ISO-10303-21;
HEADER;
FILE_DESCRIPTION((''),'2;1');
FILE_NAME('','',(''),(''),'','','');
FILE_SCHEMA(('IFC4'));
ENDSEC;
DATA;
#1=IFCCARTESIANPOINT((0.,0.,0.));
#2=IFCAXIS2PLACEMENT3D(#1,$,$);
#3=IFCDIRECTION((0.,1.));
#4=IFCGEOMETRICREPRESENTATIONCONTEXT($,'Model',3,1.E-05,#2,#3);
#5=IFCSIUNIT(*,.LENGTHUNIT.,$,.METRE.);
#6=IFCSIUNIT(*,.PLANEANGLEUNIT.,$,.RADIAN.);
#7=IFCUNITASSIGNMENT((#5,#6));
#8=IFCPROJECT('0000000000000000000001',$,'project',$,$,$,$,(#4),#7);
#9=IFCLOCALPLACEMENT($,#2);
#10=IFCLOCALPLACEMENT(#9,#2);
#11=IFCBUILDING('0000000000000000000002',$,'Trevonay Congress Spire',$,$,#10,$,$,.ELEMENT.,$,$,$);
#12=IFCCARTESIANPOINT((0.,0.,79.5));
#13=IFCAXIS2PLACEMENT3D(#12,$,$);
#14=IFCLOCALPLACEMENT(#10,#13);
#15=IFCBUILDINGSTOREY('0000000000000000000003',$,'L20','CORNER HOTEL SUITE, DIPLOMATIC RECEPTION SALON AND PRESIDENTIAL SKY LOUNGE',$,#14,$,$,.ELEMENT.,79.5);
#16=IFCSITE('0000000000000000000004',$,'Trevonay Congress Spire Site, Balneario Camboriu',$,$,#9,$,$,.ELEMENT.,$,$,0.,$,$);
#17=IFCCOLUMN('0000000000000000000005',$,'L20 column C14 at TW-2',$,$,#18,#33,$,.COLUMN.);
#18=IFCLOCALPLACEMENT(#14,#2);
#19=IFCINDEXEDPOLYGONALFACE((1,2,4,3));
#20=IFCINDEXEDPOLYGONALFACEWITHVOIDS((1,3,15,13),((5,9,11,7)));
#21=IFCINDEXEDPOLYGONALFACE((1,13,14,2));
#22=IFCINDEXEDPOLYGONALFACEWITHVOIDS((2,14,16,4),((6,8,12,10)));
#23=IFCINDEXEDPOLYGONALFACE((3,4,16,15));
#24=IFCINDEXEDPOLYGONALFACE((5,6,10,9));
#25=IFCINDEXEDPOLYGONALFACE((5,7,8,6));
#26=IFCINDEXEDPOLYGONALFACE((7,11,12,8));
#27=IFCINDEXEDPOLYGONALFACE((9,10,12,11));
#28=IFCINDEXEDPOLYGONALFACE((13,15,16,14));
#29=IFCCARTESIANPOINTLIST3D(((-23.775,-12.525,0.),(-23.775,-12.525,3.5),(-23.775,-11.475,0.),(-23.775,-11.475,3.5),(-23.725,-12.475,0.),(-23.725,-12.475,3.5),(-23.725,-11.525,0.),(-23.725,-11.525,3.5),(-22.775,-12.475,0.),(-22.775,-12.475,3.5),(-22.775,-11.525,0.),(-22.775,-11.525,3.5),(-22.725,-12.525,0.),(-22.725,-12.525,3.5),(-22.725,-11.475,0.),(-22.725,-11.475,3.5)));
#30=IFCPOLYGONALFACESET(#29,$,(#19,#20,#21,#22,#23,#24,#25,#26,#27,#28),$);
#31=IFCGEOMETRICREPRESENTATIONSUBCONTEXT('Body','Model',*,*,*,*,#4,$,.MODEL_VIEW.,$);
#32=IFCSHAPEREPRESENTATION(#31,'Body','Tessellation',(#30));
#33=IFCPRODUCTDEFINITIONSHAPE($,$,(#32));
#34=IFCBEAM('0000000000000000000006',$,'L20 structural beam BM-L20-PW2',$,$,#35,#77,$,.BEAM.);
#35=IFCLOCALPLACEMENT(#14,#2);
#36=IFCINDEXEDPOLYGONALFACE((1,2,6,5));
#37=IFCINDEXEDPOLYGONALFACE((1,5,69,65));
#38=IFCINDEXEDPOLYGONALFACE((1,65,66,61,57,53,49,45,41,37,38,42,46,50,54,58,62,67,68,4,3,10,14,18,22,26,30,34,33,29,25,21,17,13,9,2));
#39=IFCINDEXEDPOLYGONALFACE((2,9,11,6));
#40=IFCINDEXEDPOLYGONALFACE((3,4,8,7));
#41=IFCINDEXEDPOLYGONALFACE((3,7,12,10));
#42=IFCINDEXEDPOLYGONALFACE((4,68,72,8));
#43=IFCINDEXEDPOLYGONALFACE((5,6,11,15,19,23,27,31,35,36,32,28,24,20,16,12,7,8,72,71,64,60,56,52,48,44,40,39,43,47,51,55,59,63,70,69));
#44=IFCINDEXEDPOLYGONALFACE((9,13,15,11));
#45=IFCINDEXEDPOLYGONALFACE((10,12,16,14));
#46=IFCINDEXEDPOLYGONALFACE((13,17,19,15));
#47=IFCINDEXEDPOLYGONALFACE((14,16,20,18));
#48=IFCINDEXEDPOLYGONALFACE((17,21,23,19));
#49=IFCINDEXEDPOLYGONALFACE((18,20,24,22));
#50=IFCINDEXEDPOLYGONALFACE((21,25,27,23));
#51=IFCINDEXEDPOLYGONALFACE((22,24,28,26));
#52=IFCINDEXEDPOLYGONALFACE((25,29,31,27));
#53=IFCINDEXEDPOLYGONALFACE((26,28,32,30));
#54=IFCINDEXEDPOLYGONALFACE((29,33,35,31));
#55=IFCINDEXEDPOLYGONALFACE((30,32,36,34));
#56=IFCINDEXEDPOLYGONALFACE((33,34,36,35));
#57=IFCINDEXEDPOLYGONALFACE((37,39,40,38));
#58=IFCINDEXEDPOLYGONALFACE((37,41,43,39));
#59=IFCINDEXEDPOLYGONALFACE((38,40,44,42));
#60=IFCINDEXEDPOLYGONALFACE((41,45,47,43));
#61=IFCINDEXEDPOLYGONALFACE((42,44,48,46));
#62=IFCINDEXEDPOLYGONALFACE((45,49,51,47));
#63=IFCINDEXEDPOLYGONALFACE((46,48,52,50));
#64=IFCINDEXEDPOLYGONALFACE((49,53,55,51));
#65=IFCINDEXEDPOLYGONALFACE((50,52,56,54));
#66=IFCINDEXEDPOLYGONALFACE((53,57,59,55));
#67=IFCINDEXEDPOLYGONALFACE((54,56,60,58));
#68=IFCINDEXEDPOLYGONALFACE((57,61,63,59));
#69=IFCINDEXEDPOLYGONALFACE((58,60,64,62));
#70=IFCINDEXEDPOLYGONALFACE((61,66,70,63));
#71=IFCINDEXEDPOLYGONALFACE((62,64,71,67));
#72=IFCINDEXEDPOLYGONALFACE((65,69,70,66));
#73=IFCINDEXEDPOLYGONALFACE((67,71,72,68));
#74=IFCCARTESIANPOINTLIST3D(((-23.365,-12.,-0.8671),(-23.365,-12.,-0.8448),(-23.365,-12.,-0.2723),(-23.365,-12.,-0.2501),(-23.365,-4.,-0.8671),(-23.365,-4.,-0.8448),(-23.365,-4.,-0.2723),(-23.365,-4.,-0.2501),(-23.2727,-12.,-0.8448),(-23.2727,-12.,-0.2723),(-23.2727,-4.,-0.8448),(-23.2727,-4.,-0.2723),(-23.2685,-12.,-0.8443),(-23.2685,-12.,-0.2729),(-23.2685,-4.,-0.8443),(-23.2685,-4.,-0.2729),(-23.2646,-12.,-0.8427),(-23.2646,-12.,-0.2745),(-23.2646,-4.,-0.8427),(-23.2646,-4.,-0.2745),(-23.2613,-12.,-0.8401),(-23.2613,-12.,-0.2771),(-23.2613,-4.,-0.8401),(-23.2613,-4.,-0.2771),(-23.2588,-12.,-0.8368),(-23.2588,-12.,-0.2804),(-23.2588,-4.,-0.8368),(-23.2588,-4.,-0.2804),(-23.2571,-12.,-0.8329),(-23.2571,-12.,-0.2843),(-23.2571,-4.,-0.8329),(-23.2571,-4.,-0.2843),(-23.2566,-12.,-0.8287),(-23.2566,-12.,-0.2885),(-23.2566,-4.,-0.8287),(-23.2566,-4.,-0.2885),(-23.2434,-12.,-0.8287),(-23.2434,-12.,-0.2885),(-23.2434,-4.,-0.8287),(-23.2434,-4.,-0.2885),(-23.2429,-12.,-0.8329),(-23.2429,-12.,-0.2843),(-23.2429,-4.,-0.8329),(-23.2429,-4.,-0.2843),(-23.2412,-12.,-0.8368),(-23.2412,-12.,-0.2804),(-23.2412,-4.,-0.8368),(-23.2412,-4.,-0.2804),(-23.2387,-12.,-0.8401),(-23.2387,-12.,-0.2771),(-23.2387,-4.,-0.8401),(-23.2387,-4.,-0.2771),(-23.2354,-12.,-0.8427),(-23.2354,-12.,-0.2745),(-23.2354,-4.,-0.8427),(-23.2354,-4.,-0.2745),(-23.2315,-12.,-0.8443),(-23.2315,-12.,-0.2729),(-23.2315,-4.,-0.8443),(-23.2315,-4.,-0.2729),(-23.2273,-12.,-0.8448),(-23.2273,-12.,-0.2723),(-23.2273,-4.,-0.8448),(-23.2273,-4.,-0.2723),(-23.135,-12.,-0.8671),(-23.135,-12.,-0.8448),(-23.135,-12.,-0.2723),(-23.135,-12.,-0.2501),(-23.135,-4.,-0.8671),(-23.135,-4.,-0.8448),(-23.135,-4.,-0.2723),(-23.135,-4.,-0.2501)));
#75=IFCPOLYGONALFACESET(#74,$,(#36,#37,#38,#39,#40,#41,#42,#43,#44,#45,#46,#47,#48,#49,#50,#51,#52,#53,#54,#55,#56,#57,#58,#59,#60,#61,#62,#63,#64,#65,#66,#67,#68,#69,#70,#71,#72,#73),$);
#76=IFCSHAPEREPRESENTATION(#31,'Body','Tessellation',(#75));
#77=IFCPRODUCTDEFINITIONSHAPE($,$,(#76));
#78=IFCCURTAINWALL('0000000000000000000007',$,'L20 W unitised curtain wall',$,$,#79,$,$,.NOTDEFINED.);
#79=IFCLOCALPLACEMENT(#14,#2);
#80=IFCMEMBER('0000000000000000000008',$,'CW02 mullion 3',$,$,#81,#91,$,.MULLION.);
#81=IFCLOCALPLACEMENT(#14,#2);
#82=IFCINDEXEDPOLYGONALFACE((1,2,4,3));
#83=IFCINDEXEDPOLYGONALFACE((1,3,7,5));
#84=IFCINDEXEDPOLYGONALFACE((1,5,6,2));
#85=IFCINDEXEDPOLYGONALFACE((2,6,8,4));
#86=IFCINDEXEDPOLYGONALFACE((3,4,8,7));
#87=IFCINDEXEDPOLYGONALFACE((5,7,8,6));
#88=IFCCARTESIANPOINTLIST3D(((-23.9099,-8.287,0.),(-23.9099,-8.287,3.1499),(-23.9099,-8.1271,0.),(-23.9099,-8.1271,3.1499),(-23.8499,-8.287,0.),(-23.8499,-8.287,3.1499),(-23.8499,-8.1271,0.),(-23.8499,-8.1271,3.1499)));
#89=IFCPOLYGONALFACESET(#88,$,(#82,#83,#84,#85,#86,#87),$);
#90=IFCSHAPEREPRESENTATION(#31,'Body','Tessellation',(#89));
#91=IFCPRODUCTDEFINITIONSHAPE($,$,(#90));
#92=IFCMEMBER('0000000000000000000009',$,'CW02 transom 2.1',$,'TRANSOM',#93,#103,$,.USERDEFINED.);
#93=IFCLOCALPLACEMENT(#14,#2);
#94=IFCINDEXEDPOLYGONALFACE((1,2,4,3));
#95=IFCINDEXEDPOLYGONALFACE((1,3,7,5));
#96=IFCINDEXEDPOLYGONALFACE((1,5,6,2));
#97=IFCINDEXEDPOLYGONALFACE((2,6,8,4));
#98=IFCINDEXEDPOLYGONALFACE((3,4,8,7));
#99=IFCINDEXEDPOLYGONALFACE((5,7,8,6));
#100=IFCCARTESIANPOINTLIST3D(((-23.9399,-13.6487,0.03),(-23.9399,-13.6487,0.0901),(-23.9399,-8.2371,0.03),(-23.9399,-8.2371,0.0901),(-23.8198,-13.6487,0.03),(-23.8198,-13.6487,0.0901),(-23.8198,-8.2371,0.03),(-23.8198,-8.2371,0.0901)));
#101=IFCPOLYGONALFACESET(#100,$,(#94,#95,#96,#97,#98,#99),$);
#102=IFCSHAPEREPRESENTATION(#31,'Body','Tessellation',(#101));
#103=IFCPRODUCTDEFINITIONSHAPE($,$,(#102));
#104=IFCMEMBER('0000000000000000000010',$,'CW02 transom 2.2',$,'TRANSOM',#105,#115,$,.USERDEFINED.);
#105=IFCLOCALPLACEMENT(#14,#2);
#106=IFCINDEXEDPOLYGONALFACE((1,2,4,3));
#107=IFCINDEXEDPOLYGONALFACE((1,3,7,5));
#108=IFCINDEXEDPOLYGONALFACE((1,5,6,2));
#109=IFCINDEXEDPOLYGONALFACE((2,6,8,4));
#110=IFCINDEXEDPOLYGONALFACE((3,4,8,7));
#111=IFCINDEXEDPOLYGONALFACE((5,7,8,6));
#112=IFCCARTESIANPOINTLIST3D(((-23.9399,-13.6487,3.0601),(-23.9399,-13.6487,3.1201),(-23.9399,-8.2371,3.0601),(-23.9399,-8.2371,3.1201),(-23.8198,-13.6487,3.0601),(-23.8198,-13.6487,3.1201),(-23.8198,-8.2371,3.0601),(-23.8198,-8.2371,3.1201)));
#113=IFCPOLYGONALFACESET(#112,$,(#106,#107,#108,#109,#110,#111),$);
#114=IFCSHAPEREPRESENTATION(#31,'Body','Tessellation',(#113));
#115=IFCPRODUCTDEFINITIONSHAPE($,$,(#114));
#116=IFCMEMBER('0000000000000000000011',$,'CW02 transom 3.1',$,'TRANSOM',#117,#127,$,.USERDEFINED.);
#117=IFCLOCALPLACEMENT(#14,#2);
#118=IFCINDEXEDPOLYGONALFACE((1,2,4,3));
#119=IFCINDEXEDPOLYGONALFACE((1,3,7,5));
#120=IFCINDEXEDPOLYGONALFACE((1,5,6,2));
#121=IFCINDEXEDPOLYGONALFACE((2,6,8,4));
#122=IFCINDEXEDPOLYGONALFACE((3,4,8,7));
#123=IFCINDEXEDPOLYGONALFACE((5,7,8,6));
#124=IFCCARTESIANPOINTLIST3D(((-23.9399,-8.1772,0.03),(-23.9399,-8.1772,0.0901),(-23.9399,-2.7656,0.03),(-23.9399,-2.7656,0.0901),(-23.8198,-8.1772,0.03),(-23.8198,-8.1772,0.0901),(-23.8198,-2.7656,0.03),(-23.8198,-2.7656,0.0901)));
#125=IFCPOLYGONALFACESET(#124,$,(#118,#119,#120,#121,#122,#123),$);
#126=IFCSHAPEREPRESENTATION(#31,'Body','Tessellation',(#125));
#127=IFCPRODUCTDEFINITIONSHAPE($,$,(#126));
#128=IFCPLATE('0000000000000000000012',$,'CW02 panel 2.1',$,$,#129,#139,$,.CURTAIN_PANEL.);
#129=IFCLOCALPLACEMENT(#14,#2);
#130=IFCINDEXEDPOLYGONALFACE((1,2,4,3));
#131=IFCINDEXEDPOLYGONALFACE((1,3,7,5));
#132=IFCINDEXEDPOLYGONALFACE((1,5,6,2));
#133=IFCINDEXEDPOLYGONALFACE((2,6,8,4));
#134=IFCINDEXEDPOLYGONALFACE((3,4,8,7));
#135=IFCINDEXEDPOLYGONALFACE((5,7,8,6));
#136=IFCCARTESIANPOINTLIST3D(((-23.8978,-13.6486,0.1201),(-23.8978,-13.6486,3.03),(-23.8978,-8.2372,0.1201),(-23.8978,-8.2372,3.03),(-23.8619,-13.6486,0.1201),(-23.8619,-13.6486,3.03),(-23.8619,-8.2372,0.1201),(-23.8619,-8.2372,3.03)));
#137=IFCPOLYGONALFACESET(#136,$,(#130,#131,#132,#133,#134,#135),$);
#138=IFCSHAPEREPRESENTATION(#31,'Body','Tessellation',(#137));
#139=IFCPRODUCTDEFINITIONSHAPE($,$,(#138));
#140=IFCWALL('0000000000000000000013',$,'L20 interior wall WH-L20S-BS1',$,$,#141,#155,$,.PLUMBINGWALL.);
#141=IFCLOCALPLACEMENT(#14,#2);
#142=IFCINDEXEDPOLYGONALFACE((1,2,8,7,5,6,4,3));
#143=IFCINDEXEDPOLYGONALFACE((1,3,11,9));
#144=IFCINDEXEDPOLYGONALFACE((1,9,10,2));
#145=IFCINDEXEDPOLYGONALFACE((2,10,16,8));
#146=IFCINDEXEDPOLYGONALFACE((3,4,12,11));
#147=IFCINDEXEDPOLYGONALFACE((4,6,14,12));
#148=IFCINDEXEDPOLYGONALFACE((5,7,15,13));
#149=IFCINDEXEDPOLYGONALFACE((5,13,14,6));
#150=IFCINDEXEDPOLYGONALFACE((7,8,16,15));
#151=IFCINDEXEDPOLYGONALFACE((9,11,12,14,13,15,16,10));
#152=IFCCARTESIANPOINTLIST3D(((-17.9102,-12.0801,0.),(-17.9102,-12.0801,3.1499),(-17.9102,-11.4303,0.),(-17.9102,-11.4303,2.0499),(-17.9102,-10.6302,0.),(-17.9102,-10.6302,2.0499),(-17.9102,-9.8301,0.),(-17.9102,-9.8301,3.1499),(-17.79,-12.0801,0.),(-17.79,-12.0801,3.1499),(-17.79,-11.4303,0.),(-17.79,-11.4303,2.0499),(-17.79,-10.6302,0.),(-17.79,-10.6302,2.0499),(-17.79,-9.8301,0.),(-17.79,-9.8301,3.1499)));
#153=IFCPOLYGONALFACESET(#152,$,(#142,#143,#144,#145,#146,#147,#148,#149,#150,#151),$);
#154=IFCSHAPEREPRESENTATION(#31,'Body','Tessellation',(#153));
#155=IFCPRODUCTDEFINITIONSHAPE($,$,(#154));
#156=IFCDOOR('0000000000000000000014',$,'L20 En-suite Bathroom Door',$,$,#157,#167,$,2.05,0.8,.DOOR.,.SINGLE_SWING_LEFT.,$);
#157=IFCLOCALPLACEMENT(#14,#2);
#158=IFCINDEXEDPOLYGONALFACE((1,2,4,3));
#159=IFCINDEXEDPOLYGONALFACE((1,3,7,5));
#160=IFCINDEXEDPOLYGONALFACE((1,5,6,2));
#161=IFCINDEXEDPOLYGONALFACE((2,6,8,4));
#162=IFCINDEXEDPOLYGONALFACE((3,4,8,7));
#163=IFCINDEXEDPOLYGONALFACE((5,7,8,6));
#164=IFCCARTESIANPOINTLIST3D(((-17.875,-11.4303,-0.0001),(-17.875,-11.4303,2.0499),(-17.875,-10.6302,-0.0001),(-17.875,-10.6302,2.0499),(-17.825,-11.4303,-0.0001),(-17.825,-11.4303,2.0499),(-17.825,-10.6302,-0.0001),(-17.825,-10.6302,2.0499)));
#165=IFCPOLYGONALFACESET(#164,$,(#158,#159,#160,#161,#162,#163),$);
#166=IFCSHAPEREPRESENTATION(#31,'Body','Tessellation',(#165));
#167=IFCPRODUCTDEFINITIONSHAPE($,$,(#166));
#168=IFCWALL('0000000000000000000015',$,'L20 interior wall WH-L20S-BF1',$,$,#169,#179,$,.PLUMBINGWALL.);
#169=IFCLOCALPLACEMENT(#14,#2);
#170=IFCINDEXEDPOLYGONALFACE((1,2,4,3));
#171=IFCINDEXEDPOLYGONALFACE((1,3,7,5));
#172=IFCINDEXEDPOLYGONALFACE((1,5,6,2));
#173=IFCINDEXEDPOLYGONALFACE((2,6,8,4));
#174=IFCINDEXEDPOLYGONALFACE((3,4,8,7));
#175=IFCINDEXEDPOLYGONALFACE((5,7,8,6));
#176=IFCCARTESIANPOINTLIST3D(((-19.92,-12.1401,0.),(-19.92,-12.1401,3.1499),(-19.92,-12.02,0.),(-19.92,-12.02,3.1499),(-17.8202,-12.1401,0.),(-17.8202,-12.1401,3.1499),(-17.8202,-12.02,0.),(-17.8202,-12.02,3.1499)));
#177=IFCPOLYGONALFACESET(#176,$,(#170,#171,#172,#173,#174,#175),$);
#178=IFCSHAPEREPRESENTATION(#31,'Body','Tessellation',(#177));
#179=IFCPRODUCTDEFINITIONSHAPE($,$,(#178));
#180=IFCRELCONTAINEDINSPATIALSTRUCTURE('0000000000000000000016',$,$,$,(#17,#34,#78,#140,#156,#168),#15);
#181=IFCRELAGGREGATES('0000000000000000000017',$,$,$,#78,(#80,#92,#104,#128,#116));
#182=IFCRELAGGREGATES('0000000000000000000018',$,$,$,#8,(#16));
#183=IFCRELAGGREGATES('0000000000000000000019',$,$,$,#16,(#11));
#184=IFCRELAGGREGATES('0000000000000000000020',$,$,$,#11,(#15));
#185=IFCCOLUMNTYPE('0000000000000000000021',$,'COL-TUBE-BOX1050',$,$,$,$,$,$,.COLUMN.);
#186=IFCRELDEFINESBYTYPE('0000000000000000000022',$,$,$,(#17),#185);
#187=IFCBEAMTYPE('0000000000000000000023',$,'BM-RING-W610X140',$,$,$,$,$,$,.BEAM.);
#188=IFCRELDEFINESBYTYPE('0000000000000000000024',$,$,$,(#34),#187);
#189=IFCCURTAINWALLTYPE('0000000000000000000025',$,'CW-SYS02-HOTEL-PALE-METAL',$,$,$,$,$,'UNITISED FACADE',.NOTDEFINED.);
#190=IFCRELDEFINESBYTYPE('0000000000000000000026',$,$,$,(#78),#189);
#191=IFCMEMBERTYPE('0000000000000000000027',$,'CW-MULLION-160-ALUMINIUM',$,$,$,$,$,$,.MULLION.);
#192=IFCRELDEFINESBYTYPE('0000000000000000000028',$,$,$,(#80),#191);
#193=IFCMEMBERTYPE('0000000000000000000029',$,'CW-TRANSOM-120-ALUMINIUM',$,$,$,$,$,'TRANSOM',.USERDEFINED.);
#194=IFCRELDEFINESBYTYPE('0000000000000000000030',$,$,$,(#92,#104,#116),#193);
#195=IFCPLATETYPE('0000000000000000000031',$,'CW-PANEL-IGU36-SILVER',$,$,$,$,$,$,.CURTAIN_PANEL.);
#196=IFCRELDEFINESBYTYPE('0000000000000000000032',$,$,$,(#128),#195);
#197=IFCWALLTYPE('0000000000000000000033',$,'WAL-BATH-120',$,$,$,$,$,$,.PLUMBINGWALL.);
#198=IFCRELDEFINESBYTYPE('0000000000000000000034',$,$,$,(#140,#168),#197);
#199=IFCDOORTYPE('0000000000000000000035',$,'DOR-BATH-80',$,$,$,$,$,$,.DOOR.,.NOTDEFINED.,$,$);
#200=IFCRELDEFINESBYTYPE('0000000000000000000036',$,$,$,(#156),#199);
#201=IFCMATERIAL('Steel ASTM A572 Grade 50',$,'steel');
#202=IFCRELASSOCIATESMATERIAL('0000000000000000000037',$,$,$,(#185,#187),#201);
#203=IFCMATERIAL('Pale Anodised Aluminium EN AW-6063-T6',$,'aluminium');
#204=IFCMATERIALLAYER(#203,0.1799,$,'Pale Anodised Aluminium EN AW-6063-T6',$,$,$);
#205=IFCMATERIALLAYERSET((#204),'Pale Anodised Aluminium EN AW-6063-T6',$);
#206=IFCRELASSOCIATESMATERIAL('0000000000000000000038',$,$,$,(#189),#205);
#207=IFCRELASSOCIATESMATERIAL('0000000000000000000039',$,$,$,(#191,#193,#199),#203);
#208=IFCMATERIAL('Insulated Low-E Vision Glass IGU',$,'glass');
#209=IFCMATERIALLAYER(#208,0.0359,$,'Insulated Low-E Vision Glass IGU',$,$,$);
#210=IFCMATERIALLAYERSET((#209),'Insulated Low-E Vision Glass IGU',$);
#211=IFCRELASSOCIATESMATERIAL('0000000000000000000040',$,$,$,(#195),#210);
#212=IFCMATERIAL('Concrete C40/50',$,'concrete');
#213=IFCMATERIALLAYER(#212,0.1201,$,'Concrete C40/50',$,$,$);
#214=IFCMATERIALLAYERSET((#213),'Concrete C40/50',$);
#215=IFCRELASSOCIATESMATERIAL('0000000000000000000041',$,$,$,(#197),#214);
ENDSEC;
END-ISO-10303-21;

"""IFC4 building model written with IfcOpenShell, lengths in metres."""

from ifc_helpers import new_model, si_unit, direction, frame, frame_2d, origin, origin_2d, place, context, subcontext, project, spatial, rectangle, hollow_rectangle, i_section, extrude, material, layer, layer_set, material_profile, profile_set, type_object, element, fill, aggregate, save


model = new_model("IFC4")

# Units and contexts
model_context = context("Model", 3, precision=1e-05, world=origin(), true_north=direction((0.0, 1.0)))
body_context = subcontext(model_context, "Body", "Model", "MODEL_VIEW")
ifc_project = project(units=[si_unit("LENGTHUNIT", "METRE"), si_unit("PLANEANGLEUNIT", "RADIAN")], contexts=[model_context])

# Site, building, storey
site_placement = place(None, origin())
site = spatial("IfcSite", under=ifc_project, at=site_placement, Name="Trevonay Congress Spire Site, Balneario Camboriu", CompositionType="ELEMENT", RefElevation=0.0)
building_placement = place(site_placement, origin())
building = spatial("IfcBuilding", under=site, at=building_placement, Name="Trevonay Congress Spire", CompositionType="ELEMENT")
storey_placement = place(building_placement, frame((0.0, 0.0, 79.5)))
storey = spatial("IfcBuildingStorey", under=building, at=storey_placement, Name="L20", Description="CORNER HOTEL SUITE, DIPLOMATIC RECEPTION SALON AND PRESIDENTIAL SKY LOUNGE", CompositionType="ELEMENT", Elevation=79.5)

# Column
ifc_material_1 = material(Name="Steel ASTM A572 Grade 50", Category="steel")
ifc_material_profile_1 = material_profile(ifc_material_1, hollow_rectangle(XDim=1.05, YDim=1.05, WallThickness=0.05, at=origin_2d()), Name="BOX 1050x1050x50")
ifc_profile_set_1 = profile_set([ifc_material_profile_1], Name="Steel ASTM A572 Grade 50")
column_type = type_object("IfcColumnType", Name="COL-TUBE-BOX1050", PredefinedType="COLUMN", material=ifc_profile_set_1)
column_placement = place(storey_placement, frame((-23.25, -12.0, 0.0), z_axis=(0.0, 0.0, 1.0), x_axis=(1.0, 0.0, 0.0)))
element("IfcColumn", 1, at=column_placement, inside=storey, type_object=column_type, Name="L20 column C14 at TW-2", PredefinedType="COLUMN", context=body_context, shape_type="SweptSolid", body=[
    extrude(hollow_rectangle(XDim=1.05, YDim=1.05, WallThickness=0.05, at=origin_2d()), origin(), (0.0, 0.0, 1.0), 3.5),
])

# Beam
ifc_material_profile_2 = material_profile(ifc_material_1, i_section(OverallWidth=0.23, OverallDepth=0.6169, WebThickness=0.0132, FlangeThickness=0.0222, FilletRadius=0.0161, at=origin_2d()), Name="W610x140")
ifc_profile_set_2 = profile_set([ifc_material_profile_2], Name="Steel ASTM A572 Grade 50")
beam_type = type_object("IfcBeamType", Name="BM-RING-W610X140", PredefinedType="BEAM", material=ifc_profile_set_2)
beam_placement = place(storey_placement, frame((-23.25, -12.0, -0.5586), z_axis=(0.0, 1.0, 0.0), x_axis=(-1.0, 0.0, 0.0)))
element("IfcBeam", 2, at=beam_placement, inside=storey, type_object=beam_type, Name="L20 structural beam BM-L20-PW2", PredefinedType="BEAM", context=body_context, shape_type="SweptSolid", body=[
    extrude(i_section(OverallWidth=0.23, OverallDepth=0.6169, WebThickness=0.0132, FlangeThickness=0.0222, FilletRadius=0.0161, at=origin_2d()), origin(), (0.0, 0.0, 1.0), 8.0),
])

# Curtain wall, members, plate
ifc_material_2 = material(Name="Pale Anodised Aluminium EN AW-6063-T6", Category="aluminium")
ifc_layer_1 = layer(ifc_material_2, 0.1799, Name="Pale Anodised Aluminium EN AW-6063-T6")
ifc_layer_set_1 = layer_set([ifc_layer_1], Name="Pale Anodised Aluminium EN AW-6063-T6")
curtain_wall_type = type_object("IfcCurtainWallType", Name="CW-SYS02-HOTEL-PALE-METAL", ElementType="UNITISED FACADE", PredefinedType="NOTDEFINED", material=ifc_layer_set_1)
curtain_wall_placement = place(storey_placement, origin())
curtain_wall = element("IfcCurtainWall", 3, at=curtain_wall_placement, inside=storey, type_object=curtain_wall_type, Name="L20 W unitised curtain wall", PredefinedType="NOTDEFINED")
ifc_material_profile_3 = material_profile(ifc_material_2, rectangle(XDim=0.0601, YDim=0.1599, at=origin_2d()), Name="CW-MULLION-160-ALUMINIUM")
ifc_profile_set_3 = profile_set([ifc_material_profile_3], Name="Pale Anodised Aluminium EN AW-6063-T6")
member_type_1 = type_object("IfcMemberType", Name="CW-MULLION-160-ALUMINIUM", PredefinedType="MULLION", material=ifc_profile_set_3)
member_1_placement = place(storey_placement, frame((-23.8799, -8.207, 0.0), z_axis=(0.0, 0.0, 1.0), x_axis=(-1.0, 0.0, 0.0)))
member_1 = element("IfcMember", 4, at=member_1_placement, type_object=member_type_1, Name="CW02 mullion 3", PredefinedType="MULLION", context=body_context, shape_type="SweptSolid", body=[
    extrude(rectangle(XDim=0.0601, YDim=0.1599, at=origin_2d()), origin(), (0.0, 0.0, 1.0), 3.1499),
])
ifc_material_profile_4 = material_profile(ifc_material_2, rectangle(XDim=0.1201, YDim=0.0601, at=origin_2d()), Name="CW-TRANSOM-120-ALUMINIUM")
ifc_profile_set_4 = profile_set([ifc_material_profile_4], Name="Pale Anodised Aluminium EN AW-6063-T6")
member_type_2 = type_object("IfcMemberType", Name="CW-TRANSOM-120-ALUMINIUM", ElementType="TRANSOM", PredefinedType="USERDEFINED", material=ifc_profile_set_4)
member_2_placement = place(storey_placement, frame((-23.8799, -13.6487, 0.0601), z_axis=(0.0, 1.0, 0.0), x_axis=(-1.0, 0.0, 0.0)))
member_2 = element("IfcMember", 5, at=member_2_placement, type_object=member_type_2, Name="CW02 transom 2.1", ObjectType="TRANSOM", PredefinedType="USERDEFINED", context=body_context, shape_type="SweptSolid", body=[
    extrude(rectangle(XDim=0.1201, YDim=0.0601, at=origin_2d()), origin(), (0.0, 0.0, 1.0), 5.4116),
])
member_3_placement = place(storey_placement, frame((-23.8799, -13.6487, 3.0901), z_axis=(0.0, 1.0, 0.0), x_axis=(-1.0, 0.0, 0.0)))
member_3 = element("IfcMember", 6, at=member_3_placement, type_object=member_type_2, Name="CW02 transom 2.2", ObjectType="TRANSOM", PredefinedType="USERDEFINED", context=body_context, shape_type="SweptSolid", body=[
    extrude(rectangle(XDim=0.1201, YDim=0.0601, at=origin_2d()), origin(), (0.0, 0.0, 1.0), 5.4116),
])
member_4_placement = place(storey_placement, frame((-23.8799, -8.1772, 0.0601), z_axis=(0.0, 1.0, 0.0), x_axis=(-1.0, 0.0, 0.0)))
member_4 = element("IfcMember", 7, at=member_4_placement, type_object=member_type_2, Name="CW02 transom 3.1", ObjectType="TRANSOM", PredefinedType="USERDEFINED", context=body_context, shape_type="SweptSolid", body=[
    extrude(rectangle(XDim=0.1201, YDim=0.0601, at=origin_2d()), origin(), (0.0, 0.0, 1.0), 5.4116),
])
ifc_material_3 = material(Name="Insulated Low-E Vision Glass IGU", Category="glass")
ifc_layer_2 = layer(ifc_material_3, 0.0359, Name="Insulated Low-E Vision Glass IGU")
ifc_layer_set_2 = layer_set([ifc_layer_2], Name="Insulated Low-E Vision Glass IGU")
plate_type = type_object("IfcPlateType", Name="CW-PANEL-IGU36-SILVER", PredefinedType="CURTAIN_PANEL", material=ifc_layer_set_2)
plate_placement = place(storey_placement, frame((-23.8799, -10.9429, 0.1201), z_axis=(0.0, 0.0, 1.0), x_axis=(0.0, 1.0, 0.0)))
plate = element("IfcPlate", 8, at=plate_placement, type_object=plate_type, Name="CW02 panel 2.1", PredefinedType="CURTAIN_PANEL", context=body_context, shape_type="SweptSolid", body=[
    extrude(rectangle(XDim=5.4114, YDim=0.0359, at=origin_2d()), origin(), (0.0, 0.0, 1.0), 2.9099),
])
aggregate(curtain_wall, [member_1, member_2, member_3, plate, member_4])

# Wall, opening, door
ifc_material_4 = material(Name="Concrete C40/50", Category="concrete")
ifc_layer_3 = layer(ifc_material_4, 0.1201, Name="Concrete C40/50")
ifc_layer_set_3 = layer_set([ifc_layer_3], Name="Concrete C40/50")
wall_type_1 = type_object("IfcWallType", Name="WAL-BATH-120", PredefinedType="PLUMBINGWALL", material=ifc_layer_set_3)
wall_1_placement = place(storey_placement, frame((-17.8501, -12.0801, 0.0), z_axis=(0.0, 0.0, 1.0), x_axis=(0.0, 1.0, 0.0)))
wall_1 = element("IfcWall", 9, at=wall_1_placement, inside=storey, type_object=wall_type_1, Name="L20 interior wall WH-L20S-BS1", PredefinedType="PLUMBINGWALL", context=body_context, shape_type="SweptSolid", body=[
    extrude(rectangle(XDim=2.25, YDim=0.1201, at=frame_2d((1.125, 0.0))), origin(), (0.0, 0.0, 1.0), 3.1499),
])
opening_1_placement = place(wall_1_placement, frame((0.6499, 0.0, 0.0)))
opening_1 = element("IfcOpeningElement", 10, at=opening_1_placement, cuts=wall_1, PredefinedType="OPENING", context=body_context, shape_type="SweptSolid", body=[
    extrude(rectangle(XDim=0.8, YDim=2.05, at=frame_2d((0.3999, 1.0249))), frame((0.0, 0.0701, 0.0), z_axis=(0.0, -1.0, 0.0), x_axis=(1.0, 0.0, 0.0)), (0.0, 0.0, 1.0), 0.1401),
])
door_type_1 = type_object("IfcDoorType", Name="DOR-BATH-80", OperationType="NOTDEFINED", PredefinedType="DOOR", material=ifc_material_2)
door_1_placement = place(opening_1_placement, origin())
door_1 = element("IfcDoor", 11, at=door_1_placement, inside=storey, type_object=door_type_1, Name="L20 En-suite Bathroom Door", OperationType="SINGLE_SWING_LEFT", OverallHeight=2.05, OverallWidth=0.8, PredefinedType="DOOR", context=body_context, shape_type="SweptSolid", body=[
    extrude(rectangle(XDim=0.8, YDim=2.05, at=frame_2d((0.3999, 1.0249))), frame((0.0, 0.0249, 0.0), z_axis=(0.0, -1.0, 0.0), x_axis=(1.0, 0.0, 0.0)), (0.0, 0.0, 1.0), 0.05),
])
fill(opening_1, door_1)

# Wall
wall_2_placement = place(storey_placement, frame((-19.9199, -12.0801, 0.0), z_axis=(0.0, 0.0, 1.0), x_axis=(1.0, 0.0, 0.0)))
element("IfcWall", 12, at=wall_2_placement, inside=storey, type_object=wall_type_1, Name="L20 interior wall WH-L20S-BF1", PredefinedType="PLUMBINGWALL", context=body_context, shape_type="SweptSolid", body=[
    extrude(rectangle(XDim=2.0999, YDim=0.1201, at=frame_2d((1.0498, 0.0))), origin(), (0.0, 0.0, 1.0), 3.1499),
])

save(model, "model.ifc")
